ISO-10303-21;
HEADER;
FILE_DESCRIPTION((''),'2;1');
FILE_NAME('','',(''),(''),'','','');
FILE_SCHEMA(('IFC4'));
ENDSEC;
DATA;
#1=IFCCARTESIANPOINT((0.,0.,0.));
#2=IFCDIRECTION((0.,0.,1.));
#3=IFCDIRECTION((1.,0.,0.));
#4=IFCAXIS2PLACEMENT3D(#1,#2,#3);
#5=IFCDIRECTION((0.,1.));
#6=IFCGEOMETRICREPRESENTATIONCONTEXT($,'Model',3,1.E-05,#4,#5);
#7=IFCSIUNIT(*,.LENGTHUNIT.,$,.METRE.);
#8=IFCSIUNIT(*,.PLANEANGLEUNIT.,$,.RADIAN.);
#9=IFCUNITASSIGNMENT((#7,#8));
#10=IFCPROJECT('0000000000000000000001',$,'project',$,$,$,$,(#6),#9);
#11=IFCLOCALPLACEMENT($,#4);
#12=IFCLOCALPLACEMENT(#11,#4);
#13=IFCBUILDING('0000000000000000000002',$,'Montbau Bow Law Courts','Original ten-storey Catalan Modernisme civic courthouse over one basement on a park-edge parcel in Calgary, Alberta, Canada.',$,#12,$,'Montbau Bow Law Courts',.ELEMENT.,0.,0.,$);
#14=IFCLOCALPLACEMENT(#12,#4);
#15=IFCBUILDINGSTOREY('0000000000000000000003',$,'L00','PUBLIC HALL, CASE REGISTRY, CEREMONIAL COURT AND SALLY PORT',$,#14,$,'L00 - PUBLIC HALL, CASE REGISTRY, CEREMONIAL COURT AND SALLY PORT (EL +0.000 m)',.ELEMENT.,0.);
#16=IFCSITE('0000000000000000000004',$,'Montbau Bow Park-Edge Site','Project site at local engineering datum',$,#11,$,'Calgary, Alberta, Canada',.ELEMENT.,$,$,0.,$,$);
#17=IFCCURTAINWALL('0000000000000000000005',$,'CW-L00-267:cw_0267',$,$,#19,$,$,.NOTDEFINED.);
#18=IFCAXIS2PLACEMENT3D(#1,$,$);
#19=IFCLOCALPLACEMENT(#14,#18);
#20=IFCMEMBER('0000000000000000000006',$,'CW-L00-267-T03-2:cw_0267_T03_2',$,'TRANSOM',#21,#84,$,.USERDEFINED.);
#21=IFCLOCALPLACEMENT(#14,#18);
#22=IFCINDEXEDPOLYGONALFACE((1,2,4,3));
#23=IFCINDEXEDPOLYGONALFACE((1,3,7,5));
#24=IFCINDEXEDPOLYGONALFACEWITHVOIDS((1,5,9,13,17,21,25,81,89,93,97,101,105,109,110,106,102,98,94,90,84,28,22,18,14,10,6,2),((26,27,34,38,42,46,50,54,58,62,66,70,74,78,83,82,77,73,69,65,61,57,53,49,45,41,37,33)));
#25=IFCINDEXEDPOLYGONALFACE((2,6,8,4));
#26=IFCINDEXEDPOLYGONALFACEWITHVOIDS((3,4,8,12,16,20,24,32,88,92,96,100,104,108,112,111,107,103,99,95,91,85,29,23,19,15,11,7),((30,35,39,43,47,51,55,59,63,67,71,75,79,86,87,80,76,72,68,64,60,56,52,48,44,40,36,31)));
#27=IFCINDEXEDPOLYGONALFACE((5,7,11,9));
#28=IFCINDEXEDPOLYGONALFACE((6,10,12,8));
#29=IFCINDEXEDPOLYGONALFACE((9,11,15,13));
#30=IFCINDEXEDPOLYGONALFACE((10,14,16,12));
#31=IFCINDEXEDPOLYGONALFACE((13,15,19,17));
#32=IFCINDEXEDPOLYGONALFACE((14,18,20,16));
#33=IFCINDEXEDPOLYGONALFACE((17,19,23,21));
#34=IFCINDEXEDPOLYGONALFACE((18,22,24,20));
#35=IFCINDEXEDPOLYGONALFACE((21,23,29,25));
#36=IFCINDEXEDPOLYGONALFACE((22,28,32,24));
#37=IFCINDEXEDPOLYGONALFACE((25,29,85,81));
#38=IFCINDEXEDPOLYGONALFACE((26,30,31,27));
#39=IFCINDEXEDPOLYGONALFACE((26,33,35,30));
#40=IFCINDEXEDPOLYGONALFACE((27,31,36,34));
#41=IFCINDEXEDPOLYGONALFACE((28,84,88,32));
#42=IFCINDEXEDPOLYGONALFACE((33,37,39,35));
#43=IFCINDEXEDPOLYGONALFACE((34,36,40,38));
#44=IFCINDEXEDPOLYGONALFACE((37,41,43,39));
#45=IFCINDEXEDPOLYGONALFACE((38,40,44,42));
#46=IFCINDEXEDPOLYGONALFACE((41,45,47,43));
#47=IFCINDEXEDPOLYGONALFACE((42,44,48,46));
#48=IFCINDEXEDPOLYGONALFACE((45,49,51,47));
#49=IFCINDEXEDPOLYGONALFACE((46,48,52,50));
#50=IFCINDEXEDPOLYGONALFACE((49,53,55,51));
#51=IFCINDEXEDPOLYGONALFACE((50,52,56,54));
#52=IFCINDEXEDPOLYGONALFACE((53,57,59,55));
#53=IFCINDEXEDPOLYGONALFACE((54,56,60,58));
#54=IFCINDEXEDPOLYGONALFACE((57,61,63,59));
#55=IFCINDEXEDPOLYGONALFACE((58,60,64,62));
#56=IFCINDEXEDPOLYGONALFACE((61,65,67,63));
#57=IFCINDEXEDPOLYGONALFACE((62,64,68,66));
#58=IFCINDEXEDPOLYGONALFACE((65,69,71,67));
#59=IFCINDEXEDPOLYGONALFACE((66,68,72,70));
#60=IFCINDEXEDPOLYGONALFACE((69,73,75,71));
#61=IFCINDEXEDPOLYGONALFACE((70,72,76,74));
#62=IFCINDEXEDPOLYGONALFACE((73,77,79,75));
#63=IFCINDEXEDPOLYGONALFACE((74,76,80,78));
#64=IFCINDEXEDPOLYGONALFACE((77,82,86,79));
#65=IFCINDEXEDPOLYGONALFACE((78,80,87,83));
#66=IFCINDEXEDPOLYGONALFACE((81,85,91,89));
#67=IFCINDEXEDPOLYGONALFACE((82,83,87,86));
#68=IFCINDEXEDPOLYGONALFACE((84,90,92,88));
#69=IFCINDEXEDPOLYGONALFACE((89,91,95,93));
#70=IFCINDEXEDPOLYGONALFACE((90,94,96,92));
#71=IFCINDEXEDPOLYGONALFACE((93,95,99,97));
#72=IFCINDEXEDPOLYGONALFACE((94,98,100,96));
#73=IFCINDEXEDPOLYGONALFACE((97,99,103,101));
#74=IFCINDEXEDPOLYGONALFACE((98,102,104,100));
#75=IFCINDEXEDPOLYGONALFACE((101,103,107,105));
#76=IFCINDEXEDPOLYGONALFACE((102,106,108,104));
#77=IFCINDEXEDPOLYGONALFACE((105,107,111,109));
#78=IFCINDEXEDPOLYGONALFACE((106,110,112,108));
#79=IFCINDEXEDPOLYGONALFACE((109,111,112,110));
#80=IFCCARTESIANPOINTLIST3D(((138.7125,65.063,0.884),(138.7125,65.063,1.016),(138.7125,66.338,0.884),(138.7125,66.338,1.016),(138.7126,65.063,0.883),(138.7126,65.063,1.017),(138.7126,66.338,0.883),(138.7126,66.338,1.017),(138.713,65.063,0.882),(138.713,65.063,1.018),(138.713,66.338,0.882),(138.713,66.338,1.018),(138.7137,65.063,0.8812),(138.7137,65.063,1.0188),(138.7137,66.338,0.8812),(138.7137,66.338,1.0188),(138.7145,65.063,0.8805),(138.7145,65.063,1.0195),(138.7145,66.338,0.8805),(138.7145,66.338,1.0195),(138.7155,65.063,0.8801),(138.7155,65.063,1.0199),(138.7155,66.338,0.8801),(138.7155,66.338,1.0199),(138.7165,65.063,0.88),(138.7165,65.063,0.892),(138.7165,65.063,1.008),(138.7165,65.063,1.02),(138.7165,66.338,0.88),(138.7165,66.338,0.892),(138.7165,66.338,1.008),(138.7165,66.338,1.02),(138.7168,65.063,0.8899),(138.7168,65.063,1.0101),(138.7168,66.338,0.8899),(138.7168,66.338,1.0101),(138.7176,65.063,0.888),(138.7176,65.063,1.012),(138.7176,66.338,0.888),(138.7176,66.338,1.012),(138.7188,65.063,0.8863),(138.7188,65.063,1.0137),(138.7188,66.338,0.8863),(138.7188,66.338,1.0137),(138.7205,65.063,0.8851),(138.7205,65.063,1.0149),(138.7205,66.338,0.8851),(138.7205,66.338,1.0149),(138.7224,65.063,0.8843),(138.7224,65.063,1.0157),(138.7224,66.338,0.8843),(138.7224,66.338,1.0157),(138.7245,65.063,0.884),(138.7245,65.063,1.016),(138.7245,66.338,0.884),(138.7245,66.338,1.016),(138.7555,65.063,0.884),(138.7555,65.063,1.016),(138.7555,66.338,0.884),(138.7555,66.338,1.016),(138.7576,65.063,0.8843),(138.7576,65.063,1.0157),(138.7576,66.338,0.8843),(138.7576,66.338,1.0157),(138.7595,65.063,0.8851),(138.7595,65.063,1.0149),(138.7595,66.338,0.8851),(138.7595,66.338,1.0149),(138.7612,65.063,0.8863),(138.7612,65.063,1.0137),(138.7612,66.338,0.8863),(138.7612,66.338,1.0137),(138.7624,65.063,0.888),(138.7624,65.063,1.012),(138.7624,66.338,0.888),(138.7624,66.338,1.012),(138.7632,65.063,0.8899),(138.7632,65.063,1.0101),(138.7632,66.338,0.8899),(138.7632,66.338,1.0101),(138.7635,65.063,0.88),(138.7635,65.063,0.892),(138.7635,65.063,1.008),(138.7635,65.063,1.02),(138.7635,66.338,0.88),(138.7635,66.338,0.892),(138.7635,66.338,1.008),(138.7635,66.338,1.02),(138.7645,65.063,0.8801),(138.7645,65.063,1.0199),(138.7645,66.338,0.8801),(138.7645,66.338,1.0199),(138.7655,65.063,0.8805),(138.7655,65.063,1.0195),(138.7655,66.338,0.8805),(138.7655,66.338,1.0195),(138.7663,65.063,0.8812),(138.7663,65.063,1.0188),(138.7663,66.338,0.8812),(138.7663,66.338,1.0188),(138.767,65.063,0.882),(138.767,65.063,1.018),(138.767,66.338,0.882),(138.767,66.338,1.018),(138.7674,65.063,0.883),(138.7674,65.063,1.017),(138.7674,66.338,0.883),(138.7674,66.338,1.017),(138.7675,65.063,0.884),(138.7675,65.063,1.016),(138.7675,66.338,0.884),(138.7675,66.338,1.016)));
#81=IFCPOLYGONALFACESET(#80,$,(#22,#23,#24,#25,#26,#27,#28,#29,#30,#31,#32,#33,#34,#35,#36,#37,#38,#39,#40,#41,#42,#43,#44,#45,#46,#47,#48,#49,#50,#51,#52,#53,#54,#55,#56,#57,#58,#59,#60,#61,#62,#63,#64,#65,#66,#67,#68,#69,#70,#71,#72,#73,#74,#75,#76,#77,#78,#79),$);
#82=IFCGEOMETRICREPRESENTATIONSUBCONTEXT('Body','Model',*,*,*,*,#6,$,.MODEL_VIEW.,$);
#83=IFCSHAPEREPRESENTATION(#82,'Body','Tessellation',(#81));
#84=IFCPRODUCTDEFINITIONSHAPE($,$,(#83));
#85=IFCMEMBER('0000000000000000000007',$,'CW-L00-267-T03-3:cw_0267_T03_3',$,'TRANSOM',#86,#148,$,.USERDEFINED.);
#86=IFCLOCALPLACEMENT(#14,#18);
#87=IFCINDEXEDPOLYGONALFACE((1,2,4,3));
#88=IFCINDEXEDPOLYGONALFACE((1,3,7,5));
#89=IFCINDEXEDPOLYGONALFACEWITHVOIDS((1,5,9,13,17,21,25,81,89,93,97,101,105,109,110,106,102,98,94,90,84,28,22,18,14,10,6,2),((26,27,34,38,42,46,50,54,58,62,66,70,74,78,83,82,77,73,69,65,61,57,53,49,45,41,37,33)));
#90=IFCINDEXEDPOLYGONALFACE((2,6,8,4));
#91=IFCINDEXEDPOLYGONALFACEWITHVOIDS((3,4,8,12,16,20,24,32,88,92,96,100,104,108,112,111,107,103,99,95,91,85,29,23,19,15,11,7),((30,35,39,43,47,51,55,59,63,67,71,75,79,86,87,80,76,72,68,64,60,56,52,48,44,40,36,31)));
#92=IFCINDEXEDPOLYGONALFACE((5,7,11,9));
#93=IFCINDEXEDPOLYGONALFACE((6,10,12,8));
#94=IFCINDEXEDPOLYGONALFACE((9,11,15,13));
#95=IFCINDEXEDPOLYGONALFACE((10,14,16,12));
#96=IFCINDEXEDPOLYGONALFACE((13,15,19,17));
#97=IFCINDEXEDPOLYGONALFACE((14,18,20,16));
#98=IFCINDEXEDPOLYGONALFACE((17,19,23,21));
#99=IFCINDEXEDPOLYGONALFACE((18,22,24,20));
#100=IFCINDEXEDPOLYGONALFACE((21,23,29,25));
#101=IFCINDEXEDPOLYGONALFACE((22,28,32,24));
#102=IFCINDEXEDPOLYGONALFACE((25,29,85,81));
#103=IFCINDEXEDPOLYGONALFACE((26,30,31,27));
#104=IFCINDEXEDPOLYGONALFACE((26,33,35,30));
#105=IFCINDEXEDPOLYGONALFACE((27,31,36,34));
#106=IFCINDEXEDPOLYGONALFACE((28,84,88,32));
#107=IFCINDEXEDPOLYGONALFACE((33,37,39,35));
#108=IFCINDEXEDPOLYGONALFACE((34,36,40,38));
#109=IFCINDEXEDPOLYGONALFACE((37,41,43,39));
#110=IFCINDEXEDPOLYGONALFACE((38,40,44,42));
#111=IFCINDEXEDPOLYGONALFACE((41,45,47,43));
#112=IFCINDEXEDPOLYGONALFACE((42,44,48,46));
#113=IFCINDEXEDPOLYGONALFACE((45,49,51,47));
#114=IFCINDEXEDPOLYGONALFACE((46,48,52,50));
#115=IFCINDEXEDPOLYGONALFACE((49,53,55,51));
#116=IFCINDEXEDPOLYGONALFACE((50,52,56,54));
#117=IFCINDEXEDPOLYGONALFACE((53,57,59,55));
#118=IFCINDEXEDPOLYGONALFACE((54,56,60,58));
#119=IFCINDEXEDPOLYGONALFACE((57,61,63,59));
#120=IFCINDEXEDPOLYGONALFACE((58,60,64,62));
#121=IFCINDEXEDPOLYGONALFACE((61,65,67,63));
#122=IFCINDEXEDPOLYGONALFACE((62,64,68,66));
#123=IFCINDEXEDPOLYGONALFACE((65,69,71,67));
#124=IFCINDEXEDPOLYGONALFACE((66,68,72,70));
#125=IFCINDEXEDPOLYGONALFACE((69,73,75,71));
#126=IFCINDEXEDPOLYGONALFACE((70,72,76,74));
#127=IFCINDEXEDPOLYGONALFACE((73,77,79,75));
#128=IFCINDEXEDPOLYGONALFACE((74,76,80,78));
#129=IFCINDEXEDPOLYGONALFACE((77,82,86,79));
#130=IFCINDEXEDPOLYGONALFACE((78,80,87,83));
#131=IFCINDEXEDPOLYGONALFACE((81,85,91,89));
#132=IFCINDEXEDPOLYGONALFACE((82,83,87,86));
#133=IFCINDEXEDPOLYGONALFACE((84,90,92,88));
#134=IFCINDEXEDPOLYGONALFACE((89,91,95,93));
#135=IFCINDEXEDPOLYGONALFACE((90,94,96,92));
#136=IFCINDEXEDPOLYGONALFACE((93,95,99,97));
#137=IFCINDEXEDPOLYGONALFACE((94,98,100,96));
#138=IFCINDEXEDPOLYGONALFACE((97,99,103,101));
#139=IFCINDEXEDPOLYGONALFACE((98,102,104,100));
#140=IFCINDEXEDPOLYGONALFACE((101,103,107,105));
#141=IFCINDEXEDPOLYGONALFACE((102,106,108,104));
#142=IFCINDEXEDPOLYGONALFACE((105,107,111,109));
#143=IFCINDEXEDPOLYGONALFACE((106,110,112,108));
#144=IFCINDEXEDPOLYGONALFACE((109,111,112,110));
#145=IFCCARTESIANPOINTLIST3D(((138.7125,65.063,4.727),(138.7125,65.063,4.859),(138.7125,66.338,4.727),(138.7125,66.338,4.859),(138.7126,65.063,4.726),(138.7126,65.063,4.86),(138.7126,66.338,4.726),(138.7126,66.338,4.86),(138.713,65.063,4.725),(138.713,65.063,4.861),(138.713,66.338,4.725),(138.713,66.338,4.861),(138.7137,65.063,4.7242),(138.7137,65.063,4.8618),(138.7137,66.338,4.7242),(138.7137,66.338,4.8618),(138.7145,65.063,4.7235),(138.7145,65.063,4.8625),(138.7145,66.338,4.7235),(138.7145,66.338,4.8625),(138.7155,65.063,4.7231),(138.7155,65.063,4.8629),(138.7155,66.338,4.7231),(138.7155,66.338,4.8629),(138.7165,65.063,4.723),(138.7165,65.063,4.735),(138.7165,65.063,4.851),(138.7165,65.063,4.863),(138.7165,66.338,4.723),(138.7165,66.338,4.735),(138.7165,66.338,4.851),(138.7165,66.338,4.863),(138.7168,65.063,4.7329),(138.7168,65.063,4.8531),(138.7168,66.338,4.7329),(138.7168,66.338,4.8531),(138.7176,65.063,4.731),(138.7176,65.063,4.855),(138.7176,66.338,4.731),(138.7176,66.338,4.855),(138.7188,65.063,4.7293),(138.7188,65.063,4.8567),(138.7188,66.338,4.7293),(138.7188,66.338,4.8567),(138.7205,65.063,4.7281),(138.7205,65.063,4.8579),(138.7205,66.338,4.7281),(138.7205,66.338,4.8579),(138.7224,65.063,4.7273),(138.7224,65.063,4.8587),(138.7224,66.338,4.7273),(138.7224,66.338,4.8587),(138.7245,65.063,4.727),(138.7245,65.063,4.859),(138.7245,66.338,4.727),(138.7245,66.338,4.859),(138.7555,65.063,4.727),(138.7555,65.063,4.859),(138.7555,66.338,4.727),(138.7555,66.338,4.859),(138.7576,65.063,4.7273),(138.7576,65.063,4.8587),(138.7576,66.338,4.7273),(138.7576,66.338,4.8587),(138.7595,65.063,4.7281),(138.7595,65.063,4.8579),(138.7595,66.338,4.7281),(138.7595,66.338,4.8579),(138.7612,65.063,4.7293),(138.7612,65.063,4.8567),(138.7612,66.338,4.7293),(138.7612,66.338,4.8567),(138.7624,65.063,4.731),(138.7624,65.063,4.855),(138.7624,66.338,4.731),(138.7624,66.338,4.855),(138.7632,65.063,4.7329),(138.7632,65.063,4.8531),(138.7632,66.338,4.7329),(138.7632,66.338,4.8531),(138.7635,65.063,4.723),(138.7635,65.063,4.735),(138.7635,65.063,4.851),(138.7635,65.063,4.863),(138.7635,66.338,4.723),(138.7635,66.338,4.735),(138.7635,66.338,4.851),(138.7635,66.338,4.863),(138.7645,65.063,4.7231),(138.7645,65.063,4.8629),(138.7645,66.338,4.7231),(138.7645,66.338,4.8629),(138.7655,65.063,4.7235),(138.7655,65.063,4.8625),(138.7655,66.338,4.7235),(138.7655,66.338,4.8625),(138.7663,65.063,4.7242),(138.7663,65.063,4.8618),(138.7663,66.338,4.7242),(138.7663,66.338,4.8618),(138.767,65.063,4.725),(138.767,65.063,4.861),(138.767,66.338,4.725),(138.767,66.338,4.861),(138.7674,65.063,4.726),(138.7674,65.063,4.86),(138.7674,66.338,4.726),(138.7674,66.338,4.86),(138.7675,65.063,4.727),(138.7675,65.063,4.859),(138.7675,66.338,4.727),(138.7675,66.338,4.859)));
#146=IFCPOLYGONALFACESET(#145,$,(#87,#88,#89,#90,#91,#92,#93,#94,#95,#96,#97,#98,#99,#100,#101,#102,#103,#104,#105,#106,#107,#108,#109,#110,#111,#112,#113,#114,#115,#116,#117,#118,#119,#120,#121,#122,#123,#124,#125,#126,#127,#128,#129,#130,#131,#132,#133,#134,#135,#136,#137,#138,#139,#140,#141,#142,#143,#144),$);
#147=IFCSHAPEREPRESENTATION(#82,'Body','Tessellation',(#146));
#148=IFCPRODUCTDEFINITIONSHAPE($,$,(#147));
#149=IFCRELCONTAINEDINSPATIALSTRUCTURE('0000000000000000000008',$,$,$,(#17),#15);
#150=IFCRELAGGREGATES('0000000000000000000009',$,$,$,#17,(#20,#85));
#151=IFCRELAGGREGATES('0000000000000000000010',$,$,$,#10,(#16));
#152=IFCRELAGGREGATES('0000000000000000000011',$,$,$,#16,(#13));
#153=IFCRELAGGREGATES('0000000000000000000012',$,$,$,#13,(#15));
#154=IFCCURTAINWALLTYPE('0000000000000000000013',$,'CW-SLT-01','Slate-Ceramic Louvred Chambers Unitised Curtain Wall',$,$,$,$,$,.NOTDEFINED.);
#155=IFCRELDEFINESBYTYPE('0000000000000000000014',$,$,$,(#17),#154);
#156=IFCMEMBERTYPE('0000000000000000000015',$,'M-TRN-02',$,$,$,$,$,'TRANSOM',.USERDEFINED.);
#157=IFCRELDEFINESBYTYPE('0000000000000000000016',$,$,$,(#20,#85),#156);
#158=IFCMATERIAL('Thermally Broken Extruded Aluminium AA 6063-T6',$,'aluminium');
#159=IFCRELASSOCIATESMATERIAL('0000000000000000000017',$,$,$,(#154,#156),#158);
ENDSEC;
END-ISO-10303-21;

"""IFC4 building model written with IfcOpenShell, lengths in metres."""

from ifc_helpers import new_model, si_unit, direction, frame, origin_with_axes, origin_2d_with_axis, place, context, subcontext, project, spatial, hollow_rectangle, extrude, material, material_profile, profile_set, type_object, element, aggregate, save


model = new_model("IFC4")

# Units and contexts
model_context = context("Model", 3, precision=1e-05, world=origin_with_axes(), true_north=direction((0.0, 1.0)))
body_context = subcontext(model_context, "Body", "Model", "MODEL_VIEW")
ifc_project = project(units=[si_unit("LENGTHUNIT", "METRE"), si_unit("PLANEANGLEUNIT", "RADIAN")], contexts=[model_context])

# Site, building, storey
site_placement = place(None, origin_with_axes())
site = spatial("IfcSite", under=ifc_project, at=site_placement, Name="Montbau Bow Park-Edge Site", Description="Project site at local engineering datum", LongName="Calgary, Alberta, Canada", CompositionType="ELEMENT", RefElevation=0.0)
building_placement = place(site_placement, origin_with_axes())
building = spatial("IfcBuilding", under=site, at=building_placement, Name="Montbau Bow Law Courts", Description="Original ten-storey Catalan Modernisme civic courthouse over one basement on a park-edge parcel in Calgary, Alberta, Canada.", LongName="Montbau Bow Law Courts", CompositionType="ELEMENT", ElevationOfRefHeight=0.0, ElevationOfTerrain=0.0)
storey_placement = place(building_placement, origin_with_axes())
storey = spatial("IfcBuildingStorey", under=building, at=storey_placement, Name="L00", Description="PUBLIC HALL, CASE REGISTRY, CEREMONIAL COURT AND SALLY PORT", LongName="L00 - PUBLIC HALL, CASE REGISTRY, CEREMONIAL COURT AND SALLY PORT (EL +0.000 m)", CompositionType="ELEMENT", Elevation=0.0)

# Curtain wall
ifc_material_1 = material(Name="Thermally Broken Extruded Aluminium AA 6063-T6", Category="aluminium")
curtain_wall_type = type_object("IfcCurtainWallType", Name="CW-SLT-01", Description="Slate-Ceramic Louvred Chambers Unitised Curtain Wall", PredefinedType="NOTDEFINED", material=ifc_material_1)
curtain_wall_1_placement = place(None, frame((138.74, 62.315, 0.0), z_axis=(0.0, 0.0, 1.0), x_axis=(1.0, 0.0, 0.0)))
curtain_wall_1 = element("IfcCurtainWall", 1, at=curtain_wall_1_placement, inside=storey, type_object=curtain_wall_type, Name="CW-L00-267:cw_0267", PredefinedType="NOTDEFINED")

# Members
ifc_material_profile_1 = material_profile(ifc_material_1, hollow_rectangle(XDim=0.055, YDim=0.14, WallThickness=0.004, InnerFilletRadius=0.008, OuterFilletRadius=0.004, at=origin_2d_with_axis()), Name="CWT-140X55", Category="Main", Priority=0)
ifc_profile_set_1 = profile_set([ifc_material_profile_1], Name="Thermally Broken Extruded Aluminium AA 6063-T6")
member_type_1 = type_object("IfcMemberType", Name="M-TRN-02", ElementType="TRANSOM", PredefinedType="USERDEFINED", material=ifc_profile_set_1)
member_1_placement = place(None, frame((138.74, 65.063, 0.95), z_axis=(0.0, 1.0, 0.0), x_axis=(-1.0, 0.0, 0.0)))
member_1 = element("IfcMember", 2, at=member_1_placement, type_object=member_type_1, Name="CW-L00-267-T03-2:cw_0267_T03_2", ObjectType="TRANSOM", PredefinedType="USERDEFINED", context=body_context, shape_type="SweptSolid", body=[
    extrude(hollow_rectangle(XDim=0.055, YDim=0.14, WallThickness=0.004, InnerFilletRadius=0.008, OuterFilletRadius=0.004, at=origin_2d_with_axis()), origin_with_axes(), (0.0, 0.0, 1.0), 1.275),
])
member_2_placement = place(None, frame((138.74, 65.063, 4.793), z_axis=(0.0, 1.0, 0.0), x_axis=(-1.0, 0.0, 0.0)))
member_2 = element("IfcMember", 3, at=member_2_placement, type_object=member_type_1, Name="CW-L00-267-T03-3:cw_0267_T03_3", ObjectType="TRANSOM", PredefinedType="USERDEFINED", context=body_context, shape_type="SweptSolid", body=[
    extrude(hollow_rectangle(XDim=0.055, YDim=0.14, WallThickness=0.004, InnerFilletRadius=0.008, OuterFilletRadius=0.004, at=origin_2d_with_axis()), origin_with_axes(), (0.0, 0.0, 1.0), 1.275),
])

aggregate(curtain_wall_1, [member_1, member_2])

save(model, "model.ifc")
